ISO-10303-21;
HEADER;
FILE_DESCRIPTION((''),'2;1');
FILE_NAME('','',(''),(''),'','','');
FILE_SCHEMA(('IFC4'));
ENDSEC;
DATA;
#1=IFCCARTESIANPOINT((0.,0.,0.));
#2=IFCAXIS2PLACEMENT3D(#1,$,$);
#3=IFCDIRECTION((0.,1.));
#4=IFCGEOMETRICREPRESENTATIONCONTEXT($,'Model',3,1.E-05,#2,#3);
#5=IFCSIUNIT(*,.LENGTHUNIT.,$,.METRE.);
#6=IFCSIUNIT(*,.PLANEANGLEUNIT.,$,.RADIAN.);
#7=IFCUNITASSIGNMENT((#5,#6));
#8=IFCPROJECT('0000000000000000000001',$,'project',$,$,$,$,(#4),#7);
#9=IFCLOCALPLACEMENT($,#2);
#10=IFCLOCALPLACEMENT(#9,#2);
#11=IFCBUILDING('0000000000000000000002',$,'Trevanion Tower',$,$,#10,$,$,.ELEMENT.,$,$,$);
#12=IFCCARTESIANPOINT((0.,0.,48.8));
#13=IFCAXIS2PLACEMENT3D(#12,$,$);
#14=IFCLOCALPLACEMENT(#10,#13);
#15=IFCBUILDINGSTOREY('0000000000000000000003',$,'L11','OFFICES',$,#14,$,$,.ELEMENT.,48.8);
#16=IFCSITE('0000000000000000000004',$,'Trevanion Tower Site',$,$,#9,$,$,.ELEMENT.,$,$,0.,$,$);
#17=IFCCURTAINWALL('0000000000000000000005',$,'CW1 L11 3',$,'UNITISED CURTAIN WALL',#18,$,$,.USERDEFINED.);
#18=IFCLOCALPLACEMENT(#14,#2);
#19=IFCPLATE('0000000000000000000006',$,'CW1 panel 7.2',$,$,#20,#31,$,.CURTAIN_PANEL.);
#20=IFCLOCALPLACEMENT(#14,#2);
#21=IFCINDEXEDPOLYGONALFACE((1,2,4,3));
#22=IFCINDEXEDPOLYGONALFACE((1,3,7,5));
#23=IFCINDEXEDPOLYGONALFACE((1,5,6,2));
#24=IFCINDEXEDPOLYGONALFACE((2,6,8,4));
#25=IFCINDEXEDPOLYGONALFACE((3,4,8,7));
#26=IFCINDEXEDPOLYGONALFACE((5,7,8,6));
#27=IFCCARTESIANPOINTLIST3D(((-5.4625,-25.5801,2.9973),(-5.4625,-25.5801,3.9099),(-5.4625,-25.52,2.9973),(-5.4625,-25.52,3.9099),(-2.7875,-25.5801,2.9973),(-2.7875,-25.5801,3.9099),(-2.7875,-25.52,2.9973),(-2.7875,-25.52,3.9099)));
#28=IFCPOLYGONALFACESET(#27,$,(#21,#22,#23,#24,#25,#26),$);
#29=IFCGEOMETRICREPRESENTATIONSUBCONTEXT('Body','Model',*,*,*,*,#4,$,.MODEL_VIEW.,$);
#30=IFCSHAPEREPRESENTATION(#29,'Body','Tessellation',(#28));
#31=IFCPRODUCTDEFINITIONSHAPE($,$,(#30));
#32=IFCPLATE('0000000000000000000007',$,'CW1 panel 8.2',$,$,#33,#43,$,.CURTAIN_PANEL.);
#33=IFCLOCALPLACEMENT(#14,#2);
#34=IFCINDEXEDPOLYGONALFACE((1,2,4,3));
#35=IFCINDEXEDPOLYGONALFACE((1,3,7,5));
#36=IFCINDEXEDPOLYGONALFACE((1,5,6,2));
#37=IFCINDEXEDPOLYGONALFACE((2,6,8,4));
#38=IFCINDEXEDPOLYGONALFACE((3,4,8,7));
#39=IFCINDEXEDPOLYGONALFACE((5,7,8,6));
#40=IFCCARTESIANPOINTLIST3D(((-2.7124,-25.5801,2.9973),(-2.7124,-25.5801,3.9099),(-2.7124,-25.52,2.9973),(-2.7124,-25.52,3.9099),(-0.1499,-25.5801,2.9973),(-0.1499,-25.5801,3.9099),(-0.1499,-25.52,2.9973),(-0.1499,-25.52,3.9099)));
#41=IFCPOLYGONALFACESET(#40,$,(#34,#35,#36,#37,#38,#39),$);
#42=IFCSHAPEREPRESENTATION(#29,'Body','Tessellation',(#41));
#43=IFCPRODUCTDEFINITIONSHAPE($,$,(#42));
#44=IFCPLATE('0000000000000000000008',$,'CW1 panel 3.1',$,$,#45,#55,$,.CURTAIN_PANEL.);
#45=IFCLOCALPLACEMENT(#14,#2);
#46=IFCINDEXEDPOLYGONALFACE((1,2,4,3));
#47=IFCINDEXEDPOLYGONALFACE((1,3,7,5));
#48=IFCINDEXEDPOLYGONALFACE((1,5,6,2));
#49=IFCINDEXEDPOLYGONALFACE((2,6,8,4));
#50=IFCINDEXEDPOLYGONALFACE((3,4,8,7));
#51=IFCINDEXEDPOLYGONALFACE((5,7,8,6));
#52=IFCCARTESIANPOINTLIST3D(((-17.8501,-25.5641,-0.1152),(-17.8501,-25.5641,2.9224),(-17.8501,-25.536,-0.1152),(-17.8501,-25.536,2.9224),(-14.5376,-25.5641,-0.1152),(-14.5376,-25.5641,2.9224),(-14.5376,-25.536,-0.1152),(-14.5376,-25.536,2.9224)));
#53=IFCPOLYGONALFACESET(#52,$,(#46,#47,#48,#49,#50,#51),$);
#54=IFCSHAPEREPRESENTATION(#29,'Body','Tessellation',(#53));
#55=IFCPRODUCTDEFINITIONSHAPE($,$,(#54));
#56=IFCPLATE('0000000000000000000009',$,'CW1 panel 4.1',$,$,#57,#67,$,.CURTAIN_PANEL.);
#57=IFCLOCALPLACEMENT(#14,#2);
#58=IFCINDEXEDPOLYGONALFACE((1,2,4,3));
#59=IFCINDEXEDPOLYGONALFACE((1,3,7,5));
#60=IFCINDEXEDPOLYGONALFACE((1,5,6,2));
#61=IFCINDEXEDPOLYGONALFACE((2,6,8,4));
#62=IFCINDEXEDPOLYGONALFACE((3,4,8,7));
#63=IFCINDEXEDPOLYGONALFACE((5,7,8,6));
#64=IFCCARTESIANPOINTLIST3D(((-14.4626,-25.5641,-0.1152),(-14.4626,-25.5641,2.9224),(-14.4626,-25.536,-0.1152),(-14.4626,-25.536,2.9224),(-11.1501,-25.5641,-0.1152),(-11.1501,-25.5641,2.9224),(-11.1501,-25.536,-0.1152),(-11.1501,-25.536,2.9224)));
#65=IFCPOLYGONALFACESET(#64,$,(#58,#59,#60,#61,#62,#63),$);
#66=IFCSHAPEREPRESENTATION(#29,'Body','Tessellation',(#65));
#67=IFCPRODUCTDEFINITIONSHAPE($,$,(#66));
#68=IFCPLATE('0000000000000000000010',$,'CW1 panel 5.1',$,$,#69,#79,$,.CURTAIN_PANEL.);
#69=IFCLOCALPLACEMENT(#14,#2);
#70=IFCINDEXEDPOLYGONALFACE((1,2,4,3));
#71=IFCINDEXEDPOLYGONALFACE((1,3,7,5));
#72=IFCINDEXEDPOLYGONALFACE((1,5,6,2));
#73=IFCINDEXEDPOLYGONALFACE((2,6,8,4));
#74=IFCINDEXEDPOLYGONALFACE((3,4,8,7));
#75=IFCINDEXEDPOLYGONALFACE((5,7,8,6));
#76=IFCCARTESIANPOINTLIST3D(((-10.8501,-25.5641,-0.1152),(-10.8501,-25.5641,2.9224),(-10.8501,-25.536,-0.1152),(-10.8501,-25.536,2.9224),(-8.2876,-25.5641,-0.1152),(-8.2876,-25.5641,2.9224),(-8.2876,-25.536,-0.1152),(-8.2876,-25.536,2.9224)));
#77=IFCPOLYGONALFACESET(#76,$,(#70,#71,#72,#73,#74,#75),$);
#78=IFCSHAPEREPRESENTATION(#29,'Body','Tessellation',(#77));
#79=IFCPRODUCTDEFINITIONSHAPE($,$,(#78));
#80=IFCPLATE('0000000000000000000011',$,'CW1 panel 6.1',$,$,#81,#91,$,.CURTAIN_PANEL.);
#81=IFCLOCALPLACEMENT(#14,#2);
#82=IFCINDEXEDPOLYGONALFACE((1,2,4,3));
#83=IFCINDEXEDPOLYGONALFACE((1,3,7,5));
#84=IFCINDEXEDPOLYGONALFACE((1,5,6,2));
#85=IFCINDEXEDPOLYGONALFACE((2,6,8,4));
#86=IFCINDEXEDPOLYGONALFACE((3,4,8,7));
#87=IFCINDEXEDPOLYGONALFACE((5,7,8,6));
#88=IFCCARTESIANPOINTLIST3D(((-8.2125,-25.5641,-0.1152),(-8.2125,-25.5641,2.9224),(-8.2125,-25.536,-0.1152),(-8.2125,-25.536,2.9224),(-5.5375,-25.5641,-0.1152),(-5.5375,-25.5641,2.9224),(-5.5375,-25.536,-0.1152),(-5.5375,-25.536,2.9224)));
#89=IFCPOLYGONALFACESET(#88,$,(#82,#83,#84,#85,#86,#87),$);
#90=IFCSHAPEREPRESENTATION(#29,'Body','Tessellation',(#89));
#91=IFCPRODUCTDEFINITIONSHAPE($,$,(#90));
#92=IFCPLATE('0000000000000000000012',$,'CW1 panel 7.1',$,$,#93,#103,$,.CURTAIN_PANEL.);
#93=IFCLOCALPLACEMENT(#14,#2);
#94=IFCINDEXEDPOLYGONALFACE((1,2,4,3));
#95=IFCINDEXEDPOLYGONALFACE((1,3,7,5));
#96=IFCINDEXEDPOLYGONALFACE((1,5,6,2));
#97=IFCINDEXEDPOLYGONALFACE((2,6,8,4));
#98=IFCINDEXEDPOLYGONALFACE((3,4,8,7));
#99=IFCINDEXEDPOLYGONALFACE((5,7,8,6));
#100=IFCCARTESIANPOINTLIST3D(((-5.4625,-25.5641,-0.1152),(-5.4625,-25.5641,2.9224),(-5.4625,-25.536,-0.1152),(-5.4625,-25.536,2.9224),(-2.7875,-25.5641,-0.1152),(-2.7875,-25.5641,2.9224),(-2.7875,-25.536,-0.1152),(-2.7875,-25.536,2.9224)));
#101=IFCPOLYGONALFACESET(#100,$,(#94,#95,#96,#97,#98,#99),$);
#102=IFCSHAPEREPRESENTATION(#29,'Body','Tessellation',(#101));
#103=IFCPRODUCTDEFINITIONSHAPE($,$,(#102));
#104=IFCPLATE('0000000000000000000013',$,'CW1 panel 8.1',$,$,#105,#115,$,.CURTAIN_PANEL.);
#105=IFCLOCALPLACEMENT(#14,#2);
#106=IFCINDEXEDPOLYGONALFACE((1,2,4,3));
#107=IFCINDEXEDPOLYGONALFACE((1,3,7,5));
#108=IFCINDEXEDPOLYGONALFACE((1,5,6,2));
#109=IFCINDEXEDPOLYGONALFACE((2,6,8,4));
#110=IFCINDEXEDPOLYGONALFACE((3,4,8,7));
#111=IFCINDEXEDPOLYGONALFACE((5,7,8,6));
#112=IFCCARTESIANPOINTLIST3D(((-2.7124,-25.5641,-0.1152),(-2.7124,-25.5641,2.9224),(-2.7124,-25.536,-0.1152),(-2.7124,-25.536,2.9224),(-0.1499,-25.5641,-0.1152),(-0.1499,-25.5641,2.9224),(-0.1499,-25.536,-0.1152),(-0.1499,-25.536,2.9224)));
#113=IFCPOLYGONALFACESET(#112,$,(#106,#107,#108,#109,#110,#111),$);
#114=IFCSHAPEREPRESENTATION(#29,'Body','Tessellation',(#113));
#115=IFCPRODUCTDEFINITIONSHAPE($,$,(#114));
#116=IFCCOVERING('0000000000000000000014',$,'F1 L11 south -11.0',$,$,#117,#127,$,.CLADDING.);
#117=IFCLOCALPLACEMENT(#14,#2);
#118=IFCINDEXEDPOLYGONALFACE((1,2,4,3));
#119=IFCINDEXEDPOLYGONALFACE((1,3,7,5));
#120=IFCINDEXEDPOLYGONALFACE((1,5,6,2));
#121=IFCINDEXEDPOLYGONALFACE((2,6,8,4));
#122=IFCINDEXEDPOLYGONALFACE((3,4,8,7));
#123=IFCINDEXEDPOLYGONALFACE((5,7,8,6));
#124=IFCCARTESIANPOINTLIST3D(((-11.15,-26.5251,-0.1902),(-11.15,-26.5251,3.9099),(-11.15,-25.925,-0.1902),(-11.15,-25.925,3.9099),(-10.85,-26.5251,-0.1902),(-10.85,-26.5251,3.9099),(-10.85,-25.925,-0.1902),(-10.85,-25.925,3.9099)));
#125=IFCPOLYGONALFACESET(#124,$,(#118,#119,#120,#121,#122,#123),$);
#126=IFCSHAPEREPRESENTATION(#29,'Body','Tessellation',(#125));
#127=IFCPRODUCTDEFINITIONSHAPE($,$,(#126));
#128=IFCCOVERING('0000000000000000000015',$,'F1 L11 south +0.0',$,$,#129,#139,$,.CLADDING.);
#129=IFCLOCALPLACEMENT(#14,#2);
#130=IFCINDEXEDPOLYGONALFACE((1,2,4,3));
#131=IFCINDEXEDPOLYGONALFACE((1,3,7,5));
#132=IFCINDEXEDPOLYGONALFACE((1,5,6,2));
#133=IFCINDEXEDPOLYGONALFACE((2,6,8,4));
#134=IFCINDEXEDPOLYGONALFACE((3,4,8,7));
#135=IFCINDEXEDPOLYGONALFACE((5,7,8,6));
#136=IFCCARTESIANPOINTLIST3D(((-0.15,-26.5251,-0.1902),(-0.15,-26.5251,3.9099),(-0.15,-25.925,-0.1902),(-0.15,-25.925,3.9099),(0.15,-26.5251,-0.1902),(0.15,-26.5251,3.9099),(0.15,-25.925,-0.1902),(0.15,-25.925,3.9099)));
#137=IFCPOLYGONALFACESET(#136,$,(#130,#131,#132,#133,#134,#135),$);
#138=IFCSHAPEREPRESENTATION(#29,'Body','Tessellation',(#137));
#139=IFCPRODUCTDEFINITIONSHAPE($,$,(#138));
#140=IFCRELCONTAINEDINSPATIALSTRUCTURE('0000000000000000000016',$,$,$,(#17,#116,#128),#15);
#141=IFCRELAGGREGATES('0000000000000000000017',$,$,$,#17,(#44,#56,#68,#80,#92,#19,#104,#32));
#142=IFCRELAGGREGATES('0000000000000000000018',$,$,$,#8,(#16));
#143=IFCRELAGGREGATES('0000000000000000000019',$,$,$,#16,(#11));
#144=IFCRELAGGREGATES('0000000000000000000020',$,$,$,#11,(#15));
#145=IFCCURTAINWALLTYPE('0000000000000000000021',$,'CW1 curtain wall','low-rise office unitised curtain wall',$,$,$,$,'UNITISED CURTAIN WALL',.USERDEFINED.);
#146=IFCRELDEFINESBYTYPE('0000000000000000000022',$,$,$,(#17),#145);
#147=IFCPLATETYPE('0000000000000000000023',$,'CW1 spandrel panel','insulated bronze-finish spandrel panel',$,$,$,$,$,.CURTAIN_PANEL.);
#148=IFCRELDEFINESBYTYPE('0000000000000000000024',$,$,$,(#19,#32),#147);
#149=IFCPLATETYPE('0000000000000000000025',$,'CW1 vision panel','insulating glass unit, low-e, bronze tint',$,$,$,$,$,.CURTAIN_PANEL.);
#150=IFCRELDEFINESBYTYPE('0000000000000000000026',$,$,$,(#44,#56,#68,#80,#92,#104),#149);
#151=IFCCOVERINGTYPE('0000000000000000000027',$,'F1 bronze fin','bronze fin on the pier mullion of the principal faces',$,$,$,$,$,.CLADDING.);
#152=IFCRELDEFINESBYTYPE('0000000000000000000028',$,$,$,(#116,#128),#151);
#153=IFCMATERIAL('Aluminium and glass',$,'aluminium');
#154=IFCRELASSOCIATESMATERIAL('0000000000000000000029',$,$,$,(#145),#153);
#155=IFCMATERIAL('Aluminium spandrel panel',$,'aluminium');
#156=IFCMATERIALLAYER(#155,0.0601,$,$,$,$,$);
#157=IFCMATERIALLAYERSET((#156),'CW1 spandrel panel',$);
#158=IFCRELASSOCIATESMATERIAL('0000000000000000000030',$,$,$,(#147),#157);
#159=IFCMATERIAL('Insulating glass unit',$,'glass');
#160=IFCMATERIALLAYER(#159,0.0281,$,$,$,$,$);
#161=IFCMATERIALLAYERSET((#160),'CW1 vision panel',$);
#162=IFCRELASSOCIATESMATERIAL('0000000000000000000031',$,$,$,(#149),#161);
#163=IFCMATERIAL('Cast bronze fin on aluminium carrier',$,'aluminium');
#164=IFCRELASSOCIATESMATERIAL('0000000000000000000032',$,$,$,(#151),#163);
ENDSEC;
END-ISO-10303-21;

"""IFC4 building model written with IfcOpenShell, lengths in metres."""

from ifc_helpers import new_model, si_unit, direction, frame, origin, origin_2d, place, context, subcontext, project, spatial, rectangle, extrude, material, layer, layer_set, type_object, element, aggregate, save


model = new_model("IFC4")

# Units and contexts
model_context = context("Model", 3, precision=1e-05, world=origin(), true_north=direction((0.0, 1.0)))
body_context = subcontext(model_context, "Body", "Model", "MODEL_VIEW")
ifc_project = project(units=[si_unit("LENGTHUNIT", "METRE"), si_unit("PLANEANGLEUNIT", "RADIAN")], contexts=[model_context])

# Site, building, storey
site_placement = place(None, origin())
site = spatial("IfcSite", under=ifc_project, at=site_placement, Name="Trevanion Tower Site", CompositionType="ELEMENT", RefElevation=0.0)
building_placement = place(site_placement, origin())
building = spatial("IfcBuilding", under=site, at=building_placement, Name="Trevanion Tower", CompositionType="ELEMENT")
storey_placement = place(building_placement, frame((0.0, 0.0, 48.8)))
storey = spatial("IfcBuildingStorey", under=building, at=storey_placement, Name="L11", Description="OFFICES", CompositionType="ELEMENT", Elevation=48.8)

# Curtain wall
ifc_material_1 = material(Name="Aluminium and glass", Category="aluminium")
curtain_wall_type = type_object("IfcCurtainWallType", Name="CW1 curtain wall", Description="low-rise office unitised curtain wall", ElementType="UNITISED CURTAIN WALL", PredefinedType="USERDEFINED", material=ifc_material_1)
curtain_wall_placement = place(storey_placement, origin())
curtain_wall = element("IfcCurtainWall", 1, at=curtain_wall_placement, inside=storey, type_object=curtain_wall_type, Name="CW1 L11 3", ObjectType="UNITISED CURTAIN WALL", PredefinedType="USERDEFINED")

# Plates
ifc_material_2 = material(Name="Aluminium spandrel panel", Category="aluminium")
ifc_layer_1 = layer(ifc_material_2, 0.0601)
ifc_layer_set_1 = layer_set([ifc_layer_1], Name="CW1 spandrel panel")
plate_type_1 = type_object("IfcPlateType", Name="CW1 spandrel panel", Description="insulated bronze-finish spandrel panel", PredefinedType="CURTAIN_PANEL", material=ifc_layer_set_1)
plate_1_placement = place(storey_placement, frame((-4.125, -25.55, 2.9973), z_axis=(0.0, 0.0, 1.0), x_axis=(1.0, 0.0, 0.0)))
plate_1 = element("IfcPlate", 2, at=plate_1_placement, type_object=plate_type_1, Name="CW1 panel 7.2", PredefinedType="CURTAIN_PANEL", context=body_context, shape_type="SweptSolid", body=[
    extrude(rectangle(XDim=2.675, YDim=0.0601, at=origin_2d()), origin(), (0.0, 0.0, 1.0), 0.9126),
])
plate_2_placement = place(storey_placement, frame((-1.4312, -25.55, 2.9973), z_axis=(0.0, 0.0, 1.0), x_axis=(1.0, 0.0, 0.0)))
plate_2 = element("IfcPlate", 3, at=plate_2_placement, type_object=plate_type_1, Name="CW1 panel 8.2", PredefinedType="CURTAIN_PANEL", context=body_context, shape_type="SweptSolid", body=[
    extrude(rectangle(XDim=2.5625, YDim=0.0601, at=origin_2d()), origin(), (0.0, 0.0, 1.0), 0.9126),
])
ifc_material_3 = material(Name="Insulating glass unit", Category="glass")
ifc_layer_2 = layer(ifc_material_3, 0.0281)
ifc_layer_set_2 = layer_set([ifc_layer_2], Name="CW1 vision panel")
plate_type_2 = type_object("IfcPlateType", Name="CW1 vision panel", Description="insulating glass unit, low-e, bronze tint", PredefinedType="CURTAIN_PANEL", material=ifc_layer_set_2)
plate_3_placement = place(storey_placement, frame((-16.1938, -25.55, -0.1152), z_axis=(0.0, 0.0, 1.0), x_axis=(1.0, 0.0, 0.0)))
plate_3 = element("IfcPlate", 4, at=plate_3_placement, type_object=plate_type_2, Name="CW1 panel 3.1", PredefinedType="CURTAIN_PANEL", context=body_context, shape_type="SweptSolid", body=[
    extrude(rectangle(XDim=3.3125, YDim=0.0281, at=origin_2d()), origin(), (0.0, 0.0, 1.0), 3.0376),
])
plate_4_placement = place(storey_placement, frame((-12.8064, -25.55, -0.1152), z_axis=(0.0, 0.0, 1.0), x_axis=(1.0, 0.0, 0.0)))
plate_4 = element("IfcPlate", 5, at=plate_4_placement, type_object=plate_type_2, Name="CW1 panel 4.1", PredefinedType="CURTAIN_PANEL", context=body_context, shape_type="SweptSolid", body=[
    extrude(rectangle(XDim=3.3125, YDim=0.0281, at=origin_2d()), origin(), (0.0, 0.0, 1.0), 3.0376),
])
plate_5_placement = place(storey_placement, frame((-9.5688, -25.55, -0.1152), z_axis=(0.0, 0.0, 1.0), x_axis=(1.0, 0.0, 0.0)))
plate_5 = element("IfcPlate", 6, at=plate_5_placement, type_object=plate_type_2, Name="CW1 panel 5.1", PredefinedType="CURTAIN_PANEL", context=body_context, shape_type="SweptSolid", body=[
    extrude(rectangle(XDim=2.5625, YDim=0.0281, at=origin_2d()), origin(), (0.0, 0.0, 1.0), 3.0376),
])
plate_6_placement = place(storey_placement, frame((-6.875, -25.55, -0.1152), z_axis=(0.0, 0.0, 1.0), x_axis=(1.0, 0.0, 0.0)))
plate_6 = element("IfcPlate", 7, at=plate_6_placement, type_object=plate_type_2, Name="CW1 panel 6.1", PredefinedType="CURTAIN_PANEL", context=body_context, shape_type="SweptSolid", body=[
    extrude(rectangle(XDim=2.675, YDim=0.0281, at=origin_2d()), origin(), (0.0, 0.0, 1.0), 3.0376),
])
plate_7_placement = place(storey_placement, frame((-4.125, -25.55, -0.1152), z_axis=(0.0, 0.0, 1.0), x_axis=(1.0, 0.0, 0.0)))
plate_7 = element("IfcPlate", 8, at=plate_7_placement, type_object=plate_type_2, Name="CW1 panel 7.1", PredefinedType="CURTAIN_PANEL", context=body_context, shape_type="SweptSolid", body=[
    extrude(rectangle(XDim=2.675, YDim=0.0281, at=origin_2d()), origin(), (0.0, 0.0, 1.0), 3.0376),
])
plate_8_placement = place(storey_placement, frame((-1.4312, -25.55, -0.1152), z_axis=(0.0, 0.0, 1.0), x_axis=(1.0, 0.0, 0.0)))
plate_8 = element("IfcPlate", 9, at=plate_8_placement, type_object=plate_type_2, Name="CW1 panel 8.1", PredefinedType="CURTAIN_PANEL", context=body_context, shape_type="SweptSolid", body=[
    extrude(rectangle(XDim=2.5625, YDim=0.0281, at=origin_2d()), origin(), (0.0, 0.0, 1.0), 3.0376),
])
aggregate(curtain_wall, [plate_3, plate_4, plate_5, plate_6, plate_7, plate_1, plate_8, plate_2])

# Coverings
ifc_material_4 = material(Name="Cast bronze fin on aluminium carrier", Category="aluminium")
covering_type = type_object("IfcCoveringType", Name="F1 bronze fin", Description="bronze fin on the pier mullion of the principal faces", PredefinedType="CLADDING", material=ifc_material_4)
for number, where, z_axis, x_axis, name in (
    (10, (-11.0, -26.2251, -0.1902), (0.0, 0.0, 1.0), (1.0, 0.0, 0.0), "F1 L11 south -11.0"),
    (11, (0.0, -26.2251, -0.1902), (0.0, 0.0, 1.0), (1.0, 0.0, 0.0), "F1 L11 south +0.0"),
):
    element("IfcCovering", number, at=place(storey_placement, frame(where, z_axis=z_axis, x_axis=x_axis)), inside=storey, type_object=covering_type, Name=name, PredefinedType="CLADDING", context=body_context, shape_type="SweptSolid", body=[
        extrude(rectangle(XDim=0.3, YDim=0.6001, at=origin_2d()), origin(), (0.0, 0.0, 1.0), 4.1001),
    ])

save(model, "model.ifc")
